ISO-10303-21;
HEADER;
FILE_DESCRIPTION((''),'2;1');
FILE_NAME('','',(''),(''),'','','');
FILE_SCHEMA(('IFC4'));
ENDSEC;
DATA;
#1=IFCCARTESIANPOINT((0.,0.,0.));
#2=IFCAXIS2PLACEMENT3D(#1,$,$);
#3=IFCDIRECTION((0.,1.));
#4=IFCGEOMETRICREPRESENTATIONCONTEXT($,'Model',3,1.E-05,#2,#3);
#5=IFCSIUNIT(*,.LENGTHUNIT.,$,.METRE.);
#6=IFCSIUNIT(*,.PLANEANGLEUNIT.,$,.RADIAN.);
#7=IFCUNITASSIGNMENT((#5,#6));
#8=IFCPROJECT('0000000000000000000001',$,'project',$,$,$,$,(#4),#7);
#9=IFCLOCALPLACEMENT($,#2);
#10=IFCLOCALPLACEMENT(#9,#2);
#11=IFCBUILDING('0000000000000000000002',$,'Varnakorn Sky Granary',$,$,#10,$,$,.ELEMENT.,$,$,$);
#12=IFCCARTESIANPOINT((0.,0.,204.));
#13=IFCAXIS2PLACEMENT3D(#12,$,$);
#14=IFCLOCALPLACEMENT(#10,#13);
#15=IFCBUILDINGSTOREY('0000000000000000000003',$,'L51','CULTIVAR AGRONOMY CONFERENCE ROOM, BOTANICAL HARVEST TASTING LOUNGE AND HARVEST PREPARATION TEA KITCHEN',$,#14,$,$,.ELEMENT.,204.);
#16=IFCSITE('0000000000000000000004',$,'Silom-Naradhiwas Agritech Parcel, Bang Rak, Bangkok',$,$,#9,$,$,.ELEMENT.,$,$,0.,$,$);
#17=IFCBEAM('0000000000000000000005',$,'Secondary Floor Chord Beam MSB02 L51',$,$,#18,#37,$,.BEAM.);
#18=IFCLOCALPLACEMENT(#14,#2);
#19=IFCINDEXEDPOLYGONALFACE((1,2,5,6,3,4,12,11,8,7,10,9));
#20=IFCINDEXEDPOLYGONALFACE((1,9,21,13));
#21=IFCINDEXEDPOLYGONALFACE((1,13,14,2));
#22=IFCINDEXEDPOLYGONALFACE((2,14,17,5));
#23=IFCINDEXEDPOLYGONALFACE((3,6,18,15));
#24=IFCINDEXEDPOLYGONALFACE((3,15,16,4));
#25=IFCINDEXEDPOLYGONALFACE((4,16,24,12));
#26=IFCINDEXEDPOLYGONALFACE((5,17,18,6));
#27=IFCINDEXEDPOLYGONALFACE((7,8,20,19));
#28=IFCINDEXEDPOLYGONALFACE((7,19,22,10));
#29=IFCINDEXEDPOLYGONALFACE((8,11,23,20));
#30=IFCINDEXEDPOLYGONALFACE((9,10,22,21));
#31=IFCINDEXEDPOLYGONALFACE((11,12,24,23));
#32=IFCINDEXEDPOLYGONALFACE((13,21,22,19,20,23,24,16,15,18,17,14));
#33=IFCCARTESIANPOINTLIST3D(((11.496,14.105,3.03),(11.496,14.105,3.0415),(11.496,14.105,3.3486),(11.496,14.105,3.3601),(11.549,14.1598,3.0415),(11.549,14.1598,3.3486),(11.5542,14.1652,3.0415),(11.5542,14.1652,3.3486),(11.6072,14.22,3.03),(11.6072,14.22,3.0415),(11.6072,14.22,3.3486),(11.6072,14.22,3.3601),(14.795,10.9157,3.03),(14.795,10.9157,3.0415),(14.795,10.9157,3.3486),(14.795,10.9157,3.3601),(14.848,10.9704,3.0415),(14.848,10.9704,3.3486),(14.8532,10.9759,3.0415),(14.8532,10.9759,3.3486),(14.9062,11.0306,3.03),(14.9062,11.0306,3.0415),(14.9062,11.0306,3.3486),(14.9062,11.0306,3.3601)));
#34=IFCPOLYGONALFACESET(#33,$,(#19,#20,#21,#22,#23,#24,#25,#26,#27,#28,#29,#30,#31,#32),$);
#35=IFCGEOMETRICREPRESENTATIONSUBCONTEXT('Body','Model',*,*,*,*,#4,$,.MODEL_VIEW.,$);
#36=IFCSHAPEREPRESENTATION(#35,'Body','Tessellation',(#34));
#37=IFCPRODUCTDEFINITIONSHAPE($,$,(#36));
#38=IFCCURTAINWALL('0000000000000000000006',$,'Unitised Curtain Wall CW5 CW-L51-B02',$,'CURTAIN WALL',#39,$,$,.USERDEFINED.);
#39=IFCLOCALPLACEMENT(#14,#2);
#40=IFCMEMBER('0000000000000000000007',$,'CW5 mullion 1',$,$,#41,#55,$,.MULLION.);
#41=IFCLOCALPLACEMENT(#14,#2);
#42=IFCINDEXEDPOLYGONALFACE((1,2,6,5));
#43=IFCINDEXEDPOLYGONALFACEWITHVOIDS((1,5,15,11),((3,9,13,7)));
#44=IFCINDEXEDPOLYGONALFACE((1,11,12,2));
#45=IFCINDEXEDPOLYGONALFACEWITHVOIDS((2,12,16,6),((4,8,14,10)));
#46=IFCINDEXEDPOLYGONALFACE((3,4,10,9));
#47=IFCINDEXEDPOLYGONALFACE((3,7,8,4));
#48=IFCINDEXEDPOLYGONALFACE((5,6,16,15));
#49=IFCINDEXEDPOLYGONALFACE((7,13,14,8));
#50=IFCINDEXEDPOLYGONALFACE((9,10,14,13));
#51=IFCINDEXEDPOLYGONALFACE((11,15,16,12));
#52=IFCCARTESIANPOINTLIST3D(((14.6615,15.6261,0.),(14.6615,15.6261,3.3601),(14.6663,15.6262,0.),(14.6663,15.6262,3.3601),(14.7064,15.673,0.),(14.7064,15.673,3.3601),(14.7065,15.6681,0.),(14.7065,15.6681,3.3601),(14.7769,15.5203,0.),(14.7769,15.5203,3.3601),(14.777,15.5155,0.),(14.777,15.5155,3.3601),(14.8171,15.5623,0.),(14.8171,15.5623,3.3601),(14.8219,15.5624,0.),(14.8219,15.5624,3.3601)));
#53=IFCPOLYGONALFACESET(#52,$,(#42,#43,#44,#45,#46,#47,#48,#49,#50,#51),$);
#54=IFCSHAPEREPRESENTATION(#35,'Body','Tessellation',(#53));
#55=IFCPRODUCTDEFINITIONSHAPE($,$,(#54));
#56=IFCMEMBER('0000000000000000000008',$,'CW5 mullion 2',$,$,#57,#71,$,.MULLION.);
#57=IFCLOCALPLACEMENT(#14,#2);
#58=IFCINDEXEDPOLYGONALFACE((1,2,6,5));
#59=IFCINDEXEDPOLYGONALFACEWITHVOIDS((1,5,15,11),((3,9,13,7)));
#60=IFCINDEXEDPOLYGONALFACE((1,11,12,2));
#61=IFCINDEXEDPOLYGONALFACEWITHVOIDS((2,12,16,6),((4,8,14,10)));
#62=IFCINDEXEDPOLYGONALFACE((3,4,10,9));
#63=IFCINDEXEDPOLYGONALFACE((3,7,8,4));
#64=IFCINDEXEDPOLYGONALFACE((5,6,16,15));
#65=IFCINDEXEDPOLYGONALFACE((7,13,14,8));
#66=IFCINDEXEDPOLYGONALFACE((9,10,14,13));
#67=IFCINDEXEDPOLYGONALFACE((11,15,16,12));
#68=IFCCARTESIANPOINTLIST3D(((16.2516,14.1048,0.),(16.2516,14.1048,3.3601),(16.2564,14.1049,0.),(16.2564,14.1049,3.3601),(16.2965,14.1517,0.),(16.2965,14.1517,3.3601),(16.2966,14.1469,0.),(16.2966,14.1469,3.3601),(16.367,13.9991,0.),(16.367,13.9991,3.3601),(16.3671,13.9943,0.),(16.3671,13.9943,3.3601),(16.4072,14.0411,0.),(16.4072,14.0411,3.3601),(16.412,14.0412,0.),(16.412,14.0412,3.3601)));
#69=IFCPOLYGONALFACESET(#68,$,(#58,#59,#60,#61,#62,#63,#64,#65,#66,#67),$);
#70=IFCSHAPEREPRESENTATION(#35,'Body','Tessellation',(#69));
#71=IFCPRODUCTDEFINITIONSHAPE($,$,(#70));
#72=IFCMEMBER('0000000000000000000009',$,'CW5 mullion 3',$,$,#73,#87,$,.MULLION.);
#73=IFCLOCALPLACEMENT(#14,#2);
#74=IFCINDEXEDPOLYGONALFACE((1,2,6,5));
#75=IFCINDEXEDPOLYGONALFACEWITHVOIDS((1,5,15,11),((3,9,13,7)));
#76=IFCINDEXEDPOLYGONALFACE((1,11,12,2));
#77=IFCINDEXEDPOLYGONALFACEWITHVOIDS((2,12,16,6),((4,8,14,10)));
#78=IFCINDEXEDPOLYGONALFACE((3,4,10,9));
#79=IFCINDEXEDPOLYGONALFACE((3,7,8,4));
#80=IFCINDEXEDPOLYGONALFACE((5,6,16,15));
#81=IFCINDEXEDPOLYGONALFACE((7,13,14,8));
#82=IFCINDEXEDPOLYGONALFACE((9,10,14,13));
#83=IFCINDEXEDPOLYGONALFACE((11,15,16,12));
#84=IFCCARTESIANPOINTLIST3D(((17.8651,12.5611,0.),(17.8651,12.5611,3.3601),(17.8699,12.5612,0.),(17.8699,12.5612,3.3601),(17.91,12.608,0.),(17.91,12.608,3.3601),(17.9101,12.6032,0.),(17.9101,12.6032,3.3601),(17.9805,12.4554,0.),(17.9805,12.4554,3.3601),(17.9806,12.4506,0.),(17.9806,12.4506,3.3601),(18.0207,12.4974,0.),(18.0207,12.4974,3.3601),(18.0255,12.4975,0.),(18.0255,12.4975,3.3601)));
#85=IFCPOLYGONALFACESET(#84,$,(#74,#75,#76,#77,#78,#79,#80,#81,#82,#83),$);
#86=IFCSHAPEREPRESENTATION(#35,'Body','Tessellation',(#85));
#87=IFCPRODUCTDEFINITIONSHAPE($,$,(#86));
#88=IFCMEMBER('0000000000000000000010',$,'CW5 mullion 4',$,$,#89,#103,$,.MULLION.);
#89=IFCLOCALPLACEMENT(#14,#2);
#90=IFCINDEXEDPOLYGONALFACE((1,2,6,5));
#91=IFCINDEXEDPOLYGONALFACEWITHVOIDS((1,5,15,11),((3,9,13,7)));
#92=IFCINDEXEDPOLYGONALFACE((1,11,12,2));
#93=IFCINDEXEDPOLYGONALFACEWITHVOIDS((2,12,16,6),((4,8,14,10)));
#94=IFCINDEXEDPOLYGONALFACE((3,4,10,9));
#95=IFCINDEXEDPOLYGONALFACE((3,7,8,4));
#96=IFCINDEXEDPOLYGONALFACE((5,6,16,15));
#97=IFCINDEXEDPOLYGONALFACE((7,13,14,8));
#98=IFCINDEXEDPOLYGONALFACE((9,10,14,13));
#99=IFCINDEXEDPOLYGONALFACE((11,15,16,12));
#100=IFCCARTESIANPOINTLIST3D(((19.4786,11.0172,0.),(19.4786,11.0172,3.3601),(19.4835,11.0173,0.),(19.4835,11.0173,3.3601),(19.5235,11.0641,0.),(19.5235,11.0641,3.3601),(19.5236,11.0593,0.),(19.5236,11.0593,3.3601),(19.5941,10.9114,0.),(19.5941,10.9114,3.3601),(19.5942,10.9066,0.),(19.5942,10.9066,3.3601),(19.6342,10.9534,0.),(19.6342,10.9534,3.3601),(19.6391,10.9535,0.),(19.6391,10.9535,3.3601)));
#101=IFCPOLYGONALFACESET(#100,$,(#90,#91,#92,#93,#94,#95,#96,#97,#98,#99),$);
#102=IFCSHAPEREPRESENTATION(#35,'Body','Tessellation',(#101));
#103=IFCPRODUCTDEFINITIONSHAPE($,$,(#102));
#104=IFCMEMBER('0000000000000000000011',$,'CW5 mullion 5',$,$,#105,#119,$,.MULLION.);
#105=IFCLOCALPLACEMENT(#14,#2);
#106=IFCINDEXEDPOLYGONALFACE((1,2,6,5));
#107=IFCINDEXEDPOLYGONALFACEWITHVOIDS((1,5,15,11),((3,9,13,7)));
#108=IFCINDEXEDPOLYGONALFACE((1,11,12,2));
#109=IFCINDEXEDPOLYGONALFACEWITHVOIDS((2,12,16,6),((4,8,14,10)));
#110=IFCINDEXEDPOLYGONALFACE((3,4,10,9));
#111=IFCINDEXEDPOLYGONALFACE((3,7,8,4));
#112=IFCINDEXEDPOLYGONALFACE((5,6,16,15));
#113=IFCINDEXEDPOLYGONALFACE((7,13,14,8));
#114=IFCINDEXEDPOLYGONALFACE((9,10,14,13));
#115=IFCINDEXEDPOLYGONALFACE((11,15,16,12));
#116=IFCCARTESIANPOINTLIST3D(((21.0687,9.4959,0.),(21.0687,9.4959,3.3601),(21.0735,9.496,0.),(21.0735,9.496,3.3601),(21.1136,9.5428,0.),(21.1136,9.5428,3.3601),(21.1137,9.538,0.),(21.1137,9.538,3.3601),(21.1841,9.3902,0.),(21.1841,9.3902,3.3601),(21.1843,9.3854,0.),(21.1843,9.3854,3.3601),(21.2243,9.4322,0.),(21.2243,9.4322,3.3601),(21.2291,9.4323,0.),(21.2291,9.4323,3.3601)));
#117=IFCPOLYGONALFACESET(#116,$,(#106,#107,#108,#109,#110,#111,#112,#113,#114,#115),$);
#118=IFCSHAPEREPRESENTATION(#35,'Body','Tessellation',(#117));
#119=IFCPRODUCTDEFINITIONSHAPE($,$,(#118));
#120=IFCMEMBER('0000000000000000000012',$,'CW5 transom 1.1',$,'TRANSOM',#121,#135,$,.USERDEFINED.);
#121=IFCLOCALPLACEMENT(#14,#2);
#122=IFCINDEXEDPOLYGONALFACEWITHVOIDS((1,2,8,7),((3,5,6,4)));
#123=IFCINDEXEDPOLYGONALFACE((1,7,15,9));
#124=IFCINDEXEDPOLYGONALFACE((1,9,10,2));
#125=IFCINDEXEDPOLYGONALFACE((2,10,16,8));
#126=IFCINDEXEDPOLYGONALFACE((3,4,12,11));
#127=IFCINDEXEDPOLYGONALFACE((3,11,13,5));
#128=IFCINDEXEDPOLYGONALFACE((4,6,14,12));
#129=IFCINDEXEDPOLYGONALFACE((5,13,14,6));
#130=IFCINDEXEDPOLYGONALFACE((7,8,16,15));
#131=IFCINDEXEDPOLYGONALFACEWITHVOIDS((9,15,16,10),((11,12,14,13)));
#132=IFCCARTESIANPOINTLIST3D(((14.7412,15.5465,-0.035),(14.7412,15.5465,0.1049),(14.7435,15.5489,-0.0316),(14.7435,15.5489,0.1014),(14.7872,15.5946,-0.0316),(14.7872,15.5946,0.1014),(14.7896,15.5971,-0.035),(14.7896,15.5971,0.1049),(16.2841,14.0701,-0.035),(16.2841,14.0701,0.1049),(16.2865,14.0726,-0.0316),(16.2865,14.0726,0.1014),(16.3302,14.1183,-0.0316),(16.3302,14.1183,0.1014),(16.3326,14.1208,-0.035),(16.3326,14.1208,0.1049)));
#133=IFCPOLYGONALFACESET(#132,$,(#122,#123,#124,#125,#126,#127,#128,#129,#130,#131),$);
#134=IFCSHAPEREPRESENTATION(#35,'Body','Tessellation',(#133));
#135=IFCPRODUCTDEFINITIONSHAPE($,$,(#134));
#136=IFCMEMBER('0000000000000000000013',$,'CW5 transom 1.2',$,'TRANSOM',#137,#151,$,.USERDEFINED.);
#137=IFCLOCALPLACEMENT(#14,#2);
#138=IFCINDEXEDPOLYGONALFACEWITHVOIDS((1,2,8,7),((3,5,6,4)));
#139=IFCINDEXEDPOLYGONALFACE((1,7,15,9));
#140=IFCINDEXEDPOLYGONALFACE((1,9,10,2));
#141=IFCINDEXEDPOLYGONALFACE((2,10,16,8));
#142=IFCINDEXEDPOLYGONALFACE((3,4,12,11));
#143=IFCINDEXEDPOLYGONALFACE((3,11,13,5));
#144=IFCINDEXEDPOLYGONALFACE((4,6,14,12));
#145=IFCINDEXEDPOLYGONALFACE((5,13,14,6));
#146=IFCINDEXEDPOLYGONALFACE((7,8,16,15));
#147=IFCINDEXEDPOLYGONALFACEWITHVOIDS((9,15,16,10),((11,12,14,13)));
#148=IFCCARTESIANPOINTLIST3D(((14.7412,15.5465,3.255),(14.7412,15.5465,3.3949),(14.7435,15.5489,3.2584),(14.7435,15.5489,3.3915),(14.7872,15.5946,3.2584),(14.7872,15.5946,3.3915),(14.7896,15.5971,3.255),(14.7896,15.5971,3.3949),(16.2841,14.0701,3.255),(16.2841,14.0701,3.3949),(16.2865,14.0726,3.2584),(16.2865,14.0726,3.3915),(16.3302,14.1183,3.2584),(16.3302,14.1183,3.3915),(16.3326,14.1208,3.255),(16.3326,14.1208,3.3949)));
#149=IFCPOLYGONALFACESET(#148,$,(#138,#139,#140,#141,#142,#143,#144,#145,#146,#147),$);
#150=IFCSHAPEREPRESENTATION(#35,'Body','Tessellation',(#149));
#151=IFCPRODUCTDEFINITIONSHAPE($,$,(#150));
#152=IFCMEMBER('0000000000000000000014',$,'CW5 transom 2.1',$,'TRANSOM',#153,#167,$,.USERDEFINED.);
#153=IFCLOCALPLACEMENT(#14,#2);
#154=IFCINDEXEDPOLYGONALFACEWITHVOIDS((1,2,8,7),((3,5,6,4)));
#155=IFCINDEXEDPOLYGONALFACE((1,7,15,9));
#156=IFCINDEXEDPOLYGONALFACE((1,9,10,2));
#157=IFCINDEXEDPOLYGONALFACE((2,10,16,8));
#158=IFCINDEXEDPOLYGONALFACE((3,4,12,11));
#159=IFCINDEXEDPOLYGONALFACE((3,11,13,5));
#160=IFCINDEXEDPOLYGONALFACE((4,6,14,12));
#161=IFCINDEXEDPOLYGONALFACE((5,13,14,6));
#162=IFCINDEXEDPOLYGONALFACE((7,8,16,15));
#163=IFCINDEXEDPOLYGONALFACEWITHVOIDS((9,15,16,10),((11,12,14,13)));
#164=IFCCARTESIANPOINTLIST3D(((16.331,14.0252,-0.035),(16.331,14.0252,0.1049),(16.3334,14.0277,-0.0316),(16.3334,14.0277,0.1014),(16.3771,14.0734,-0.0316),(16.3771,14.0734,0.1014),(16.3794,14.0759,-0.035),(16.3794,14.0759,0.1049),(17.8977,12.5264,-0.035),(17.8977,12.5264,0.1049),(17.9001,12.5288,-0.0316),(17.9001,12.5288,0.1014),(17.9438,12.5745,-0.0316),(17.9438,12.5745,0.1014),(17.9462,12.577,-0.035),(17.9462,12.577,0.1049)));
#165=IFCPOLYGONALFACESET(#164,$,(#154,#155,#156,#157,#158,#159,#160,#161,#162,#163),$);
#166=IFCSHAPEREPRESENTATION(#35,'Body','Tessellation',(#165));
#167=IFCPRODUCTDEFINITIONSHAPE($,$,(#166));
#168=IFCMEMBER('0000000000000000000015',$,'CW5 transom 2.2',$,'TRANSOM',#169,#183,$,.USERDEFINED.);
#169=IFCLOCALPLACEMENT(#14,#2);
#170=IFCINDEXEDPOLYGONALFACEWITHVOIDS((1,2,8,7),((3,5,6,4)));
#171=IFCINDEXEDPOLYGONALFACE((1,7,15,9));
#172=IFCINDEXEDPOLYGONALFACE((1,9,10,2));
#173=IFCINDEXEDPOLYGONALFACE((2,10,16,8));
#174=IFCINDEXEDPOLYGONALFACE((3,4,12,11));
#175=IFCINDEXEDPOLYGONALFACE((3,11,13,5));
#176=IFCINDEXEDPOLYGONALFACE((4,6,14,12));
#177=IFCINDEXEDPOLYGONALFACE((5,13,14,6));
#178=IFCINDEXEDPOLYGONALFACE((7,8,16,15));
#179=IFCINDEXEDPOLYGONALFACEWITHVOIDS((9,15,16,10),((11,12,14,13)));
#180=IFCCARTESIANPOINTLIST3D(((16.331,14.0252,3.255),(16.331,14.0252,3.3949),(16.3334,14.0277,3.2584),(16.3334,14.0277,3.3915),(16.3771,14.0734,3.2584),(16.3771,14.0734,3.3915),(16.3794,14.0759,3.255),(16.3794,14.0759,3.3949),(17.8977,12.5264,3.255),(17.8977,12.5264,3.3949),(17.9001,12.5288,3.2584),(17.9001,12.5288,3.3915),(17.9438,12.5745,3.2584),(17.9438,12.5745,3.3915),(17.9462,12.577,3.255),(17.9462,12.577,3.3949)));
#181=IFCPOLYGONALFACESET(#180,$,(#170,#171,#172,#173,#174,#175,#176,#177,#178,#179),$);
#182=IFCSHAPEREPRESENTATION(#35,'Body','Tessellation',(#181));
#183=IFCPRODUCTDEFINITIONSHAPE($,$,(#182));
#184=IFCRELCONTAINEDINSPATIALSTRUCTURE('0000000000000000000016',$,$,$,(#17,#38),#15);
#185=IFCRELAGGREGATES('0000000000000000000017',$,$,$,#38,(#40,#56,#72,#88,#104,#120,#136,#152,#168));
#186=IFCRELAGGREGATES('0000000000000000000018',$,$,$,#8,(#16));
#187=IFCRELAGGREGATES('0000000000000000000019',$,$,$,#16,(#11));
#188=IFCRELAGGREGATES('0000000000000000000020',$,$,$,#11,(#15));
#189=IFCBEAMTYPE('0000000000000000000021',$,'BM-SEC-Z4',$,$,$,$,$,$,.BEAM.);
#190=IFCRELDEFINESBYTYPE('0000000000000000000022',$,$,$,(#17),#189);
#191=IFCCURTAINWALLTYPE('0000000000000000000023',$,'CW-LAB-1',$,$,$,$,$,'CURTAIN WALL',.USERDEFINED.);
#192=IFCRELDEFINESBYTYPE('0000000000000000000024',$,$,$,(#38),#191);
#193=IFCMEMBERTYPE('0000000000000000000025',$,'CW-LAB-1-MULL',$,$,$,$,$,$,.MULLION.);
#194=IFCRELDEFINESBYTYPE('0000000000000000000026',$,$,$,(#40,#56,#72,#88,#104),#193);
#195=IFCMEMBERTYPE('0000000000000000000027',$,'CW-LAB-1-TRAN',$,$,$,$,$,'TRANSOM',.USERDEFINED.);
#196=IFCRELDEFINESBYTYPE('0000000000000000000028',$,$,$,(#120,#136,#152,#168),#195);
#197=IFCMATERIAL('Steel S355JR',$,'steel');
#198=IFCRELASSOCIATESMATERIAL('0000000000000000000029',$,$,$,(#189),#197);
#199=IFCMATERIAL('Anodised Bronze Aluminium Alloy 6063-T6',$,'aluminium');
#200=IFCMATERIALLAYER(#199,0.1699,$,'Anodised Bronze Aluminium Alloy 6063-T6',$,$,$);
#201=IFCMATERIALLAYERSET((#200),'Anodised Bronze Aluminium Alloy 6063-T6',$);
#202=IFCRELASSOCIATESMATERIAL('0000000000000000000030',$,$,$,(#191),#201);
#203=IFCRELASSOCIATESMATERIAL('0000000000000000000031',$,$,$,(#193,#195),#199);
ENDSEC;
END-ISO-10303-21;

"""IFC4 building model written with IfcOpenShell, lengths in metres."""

from ifc_helpers import new_model, si_unit, direction, frame, origin, origin_2d, place, context, subcontext, project, spatial, hollow_rectangle, i_section, extrude, material, layer, layer_set, material_profile, profile_set, type_object, element, aggregate, save


model = new_model("IFC4")

# Units and contexts
model_context = context("Model", 3, precision=1e-05, world=origin(), true_north=direction((0.0, 1.0)))
body_context = subcontext(model_context, "Body", "Model", "MODEL_VIEW")
ifc_project = project(units=[si_unit("LENGTHUNIT", "METRE"), si_unit("PLANEANGLEUNIT", "RADIAN")], contexts=[model_context])

# Site, building, storey
site_placement = place(None, origin())
site = spatial("IfcSite", under=ifc_project, at=site_placement, Name="Silom-Naradhiwas Agritech Parcel, Bang Rak, Bangkok", CompositionType="ELEMENT", RefElevation=0.0)
building_placement = place(site_placement, origin())
building = spatial("IfcBuilding", under=site, at=building_placement, Name="Varnakorn Sky Granary", CompositionType="ELEMENT")
storey_placement = place(building_placement, frame((0.0, 0.0, 204.0)))
storey = spatial("IfcBuildingStorey", under=building, at=storey_placement, Name="L51", Description="CULTIVAR AGRONOMY CONFERENCE ROOM, BOTANICAL HARVEST TASTING LOUNGE AND HARVEST PREPARATION TEA KITCHEN", CompositionType="ELEMENT", Elevation=204.0)

# Beam
ifc_material_1 = material(Name="Steel S355JR", Category="steel")
ifc_material_profile_1 = material_profile(ifc_material_1, i_section(OverallWidth=0.1599, OverallDepth=0.3301, WebThickness=0.0076, FlangeThickness=0.0115, at=origin_2d()), Name="IPE 330")
ifc_profile_set_1 = profile_set([ifc_material_profile_1], Name="Steel S355JR")
beam_type = type_object("IfcBeamType", Name="BM-SEC-Z4", PredefinedType="BEAM", material=ifc_profile_set_1)
beam_placement = place(storey_placement, frame((14.8506, 10.9731, 3.1951), z_axis=(-0.71895, 0.695062, 0.0), x_axis=(-0.695062, -0.71895, 0.0)))
element("IfcBeam", 1, at=beam_placement, inside=storey, type_object=beam_type, Name="Secondary Floor Chord Beam MSB02 L51", PredefinedType="BEAM", context=body_context, shape_type="SweptSolid", body=[
    extrude(i_section(OverallWidth=0.1599, OverallDepth=0.3301, WebThickness=0.0076, FlangeThickness=0.0115, at=origin_2d()), origin(), (0.0, 0.0, 1.0), 4.5886),
])

# Curtain wall, members
ifc_material_2 = material(Name="Anodised Bronze Aluminium Alloy 6063-T6", Category="aluminium")
ifc_layer_1 = layer(ifc_material_2, 0.1699, Name="Anodised Bronze Aluminium Alloy 6063-T6")
ifc_layer_set_1 = layer_set([ifc_layer_1], Name="Anodised Bronze Aluminium Alloy 6063-T6")
curtain_wall_type = type_object("IfcCurtainWallType", Name="CW-LAB-1", ElementType="CURTAIN WALL", PredefinedType="USERDEFINED", material=ifc_layer_set_1)
curtain_wall_placement = place(storey_placement, origin())
curtain_wall = element("IfcCurtainWall", 2, at=curtain_wall_placement, inside=storey, type_object=curtain_wall_type, Name="Unitised Curtain Wall CW5 CW-L51-B02", ObjectType="CURTAIN WALL", PredefinedType="USERDEFINED")
ifc_material_profile_2 = material_profile(ifc_material_2, hollow_rectangle(XDim=0.0649, YDim=0.1599, WallThickness=0.0034, at=origin_2d()), Name="ALU MULL 65x160")
ifc_profile_set_2 = profile_set([ifc_material_profile_2], Name="Anodised Bronze Aluminium Alloy 6063-T6")
member_type_1 = type_object("IfcMemberType", Name="CW-LAB-1-MULL", PredefinedType="MULLION", material=ifc_profile_set_2)
member_1_placement = place(storey_placement, frame((14.7417, 15.5942, 0.0), z_axis=(0.0, 0.0, 1.0), x_axis=(0.691317, 0.722551, 0.0)))
member_1 = element("IfcMember", 3, at=member_1_placement, type_object=member_type_1, Name="CW5 mullion 1", PredefinedType="MULLION", context=body_context, shape_type="SweptSolid", body=[
    extrude(hollow_rectangle(XDim=0.0649, YDim=0.1599, WallThickness=0.0034, at=origin_2d()), origin(), (0.0, 0.0, 1.0), 3.3601),
])
member_2_placement = place(storey_placement, frame((16.3318, 14.073, 0.0), z_axis=(0.0, 0.0, 1.0), x_axis=(0.691317, 0.722551, 0.0)))
member_2 = element("IfcMember", 4, at=member_2_placement, type_object=member_type_1, Name="CW5 mullion 2", PredefinedType="MULLION", context=body_context, shape_type="SweptSolid", body=[
    extrude(hollow_rectangle(XDim=0.0649, YDim=0.1599, WallThickness=0.0034, at=origin_2d()), origin(), (0.0, 0.0, 1.0), 3.3601),
])
member_3_placement = place(storey_placement, frame((17.9453, 12.5293, 0.0), z_axis=(0.0, 0.0, 1.0), x_axis=(0.691317, 0.722551, 0.0)))
member_3 = element("IfcMember", 5, at=member_3_placement, type_object=member_type_1, Name="CW5 mullion 3", PredefinedType="MULLION", context=body_context, shape_type="SweptSolid", body=[
    extrude(hollow_rectangle(XDim=0.0649, YDim=0.1599, WallThickness=0.0034, at=origin_2d()), origin(), (0.0, 0.0, 1.0), 3.3601),
])
member_4_placement = place(storey_placement, frame((19.5588, 10.9854, 0.0), z_axis=(0.0, 0.0, 1.0), x_axis=(0.691317, 0.722551, 0.0)))
member_4 = element("IfcMember", 6, at=member_4_placement, type_object=member_type_1, Name="CW5 mullion 4", PredefinedType="MULLION", context=body_context, shape_type="SweptSolid", body=[
    extrude(hollow_rectangle(XDim=0.0649, YDim=0.1599, WallThickness=0.0034, at=origin_2d()), origin(), (0.0, 0.0, 1.0), 3.3601),
])
member_5_placement = place(storey_placement, frame((21.1489, 9.4641, 0.0), z_axis=(0.0, 0.0, 1.0), x_axis=(0.691317, 0.722551, 0.0)))
member_5 = element("IfcMember", 7, at=member_5_placement, type_object=member_type_1, Name="CW5 mullion 5", PredefinedType="MULLION", context=body_context, shape_type="SweptSolid", body=[
    extrude(hollow_rectangle(XDim=0.0649, YDim=0.1599, WallThickness=0.0034, at=origin_2d()), origin(), (0.0, 0.0, 1.0), 3.3601),
])
ifc_material_profile_3 = material_profile(ifc_material_2, hollow_rectangle(XDim=0.0701, YDim=0.1399, WallThickness=0.0034, at=origin_2d()), Name="ALU TRAN 70x140")
ifc_profile_set_3 = profile_set([ifc_material_profile_3], Name="Anodised Bronze Aluminium Alloy 6063-T6")
member_type_2 = type_object("IfcMemberType", Name="CW-LAB-1-TRAN", ElementType="TRANSOM", PredefinedType="USERDEFINED", material=ifc_profile_set_3)
member_6_placement = place(storey_placement, frame((14.7654, 15.5718, 0.0349), z_axis=(0.72254, -0.691329, 0.0), x_axis=(0.691329, 0.72254, 0.0)))
member_6 = element("IfcMember", 8, at=member_6_placement, type_object=member_type_2, Name="CW5 transom 1.1", ObjectType="TRANSOM", PredefinedType="USERDEFINED", context=body_context, shape_type="SweptSolid", body=[
    extrude(hollow_rectangle(XDim=0.0701, YDim=0.1399, WallThickness=0.0034, at=origin_2d()), origin(), (0.0, 0.0, 1.0), 2.1355),
])
member_7_placement = place(storey_placement, frame((14.7654, 15.5718, 3.325), z_axis=(0.72254, -0.691329, 0.0), x_axis=(0.691329, 0.72254, 0.0)))
member_7 = element("IfcMember", 9, at=member_7_placement, type_object=member_type_2, Name="CW5 transom 1.2", ObjectType="TRANSOM", PredefinedType="USERDEFINED", context=body_context, shape_type="SweptSolid", body=[
    extrude(hollow_rectangle(XDim=0.0701, YDim=0.1399, WallThickness=0.0034, at=origin_2d()), origin(), (0.0, 0.0, 1.0), 2.1355),
])
member_8_placement = place(storey_placement, frame((16.3552, 14.0505, 0.0349), z_axis=(0.722586, -0.691281, 0.0), x_axis=(0.691281, 0.722586, 0.0)))
member_8 = element("IfcMember", 10, at=member_8_placement, type_object=member_type_2, Name="CW5 transom 2.1", ObjectType="TRANSOM", PredefinedType="USERDEFINED", context=body_context, shape_type="SweptSolid", body=[
    extrude(hollow_rectangle(XDim=0.0701, YDim=0.1399, WallThickness=0.0034, at=origin_2d()), origin(), (0.0, 0.0, 1.0), 2.1682),
])
member_9_placement = place(storey_placement, frame((16.3552, 14.0505, 3.325), z_axis=(0.722586, -0.691281, 0.0), x_axis=(0.691281, 0.722586, 0.0)))
member_9 = element("IfcMember", 11, at=member_9_placement, type_object=member_type_2, Name="CW5 transom 2.2", ObjectType="TRANSOM", PredefinedType="USERDEFINED", context=body_context, shape_type="SweptSolid", body=[
    extrude(hollow_rectangle(XDim=0.0701, YDim=0.1399, WallThickness=0.0034, at=origin_2d()), origin(), (0.0, 0.0, 1.0), 2.1682),
])

aggregate(curtain_wall, [member_1, member_2, member_3, member_4, member_5, member_6, member_7, member_8, member_9])

save(model, "model.ifc")
